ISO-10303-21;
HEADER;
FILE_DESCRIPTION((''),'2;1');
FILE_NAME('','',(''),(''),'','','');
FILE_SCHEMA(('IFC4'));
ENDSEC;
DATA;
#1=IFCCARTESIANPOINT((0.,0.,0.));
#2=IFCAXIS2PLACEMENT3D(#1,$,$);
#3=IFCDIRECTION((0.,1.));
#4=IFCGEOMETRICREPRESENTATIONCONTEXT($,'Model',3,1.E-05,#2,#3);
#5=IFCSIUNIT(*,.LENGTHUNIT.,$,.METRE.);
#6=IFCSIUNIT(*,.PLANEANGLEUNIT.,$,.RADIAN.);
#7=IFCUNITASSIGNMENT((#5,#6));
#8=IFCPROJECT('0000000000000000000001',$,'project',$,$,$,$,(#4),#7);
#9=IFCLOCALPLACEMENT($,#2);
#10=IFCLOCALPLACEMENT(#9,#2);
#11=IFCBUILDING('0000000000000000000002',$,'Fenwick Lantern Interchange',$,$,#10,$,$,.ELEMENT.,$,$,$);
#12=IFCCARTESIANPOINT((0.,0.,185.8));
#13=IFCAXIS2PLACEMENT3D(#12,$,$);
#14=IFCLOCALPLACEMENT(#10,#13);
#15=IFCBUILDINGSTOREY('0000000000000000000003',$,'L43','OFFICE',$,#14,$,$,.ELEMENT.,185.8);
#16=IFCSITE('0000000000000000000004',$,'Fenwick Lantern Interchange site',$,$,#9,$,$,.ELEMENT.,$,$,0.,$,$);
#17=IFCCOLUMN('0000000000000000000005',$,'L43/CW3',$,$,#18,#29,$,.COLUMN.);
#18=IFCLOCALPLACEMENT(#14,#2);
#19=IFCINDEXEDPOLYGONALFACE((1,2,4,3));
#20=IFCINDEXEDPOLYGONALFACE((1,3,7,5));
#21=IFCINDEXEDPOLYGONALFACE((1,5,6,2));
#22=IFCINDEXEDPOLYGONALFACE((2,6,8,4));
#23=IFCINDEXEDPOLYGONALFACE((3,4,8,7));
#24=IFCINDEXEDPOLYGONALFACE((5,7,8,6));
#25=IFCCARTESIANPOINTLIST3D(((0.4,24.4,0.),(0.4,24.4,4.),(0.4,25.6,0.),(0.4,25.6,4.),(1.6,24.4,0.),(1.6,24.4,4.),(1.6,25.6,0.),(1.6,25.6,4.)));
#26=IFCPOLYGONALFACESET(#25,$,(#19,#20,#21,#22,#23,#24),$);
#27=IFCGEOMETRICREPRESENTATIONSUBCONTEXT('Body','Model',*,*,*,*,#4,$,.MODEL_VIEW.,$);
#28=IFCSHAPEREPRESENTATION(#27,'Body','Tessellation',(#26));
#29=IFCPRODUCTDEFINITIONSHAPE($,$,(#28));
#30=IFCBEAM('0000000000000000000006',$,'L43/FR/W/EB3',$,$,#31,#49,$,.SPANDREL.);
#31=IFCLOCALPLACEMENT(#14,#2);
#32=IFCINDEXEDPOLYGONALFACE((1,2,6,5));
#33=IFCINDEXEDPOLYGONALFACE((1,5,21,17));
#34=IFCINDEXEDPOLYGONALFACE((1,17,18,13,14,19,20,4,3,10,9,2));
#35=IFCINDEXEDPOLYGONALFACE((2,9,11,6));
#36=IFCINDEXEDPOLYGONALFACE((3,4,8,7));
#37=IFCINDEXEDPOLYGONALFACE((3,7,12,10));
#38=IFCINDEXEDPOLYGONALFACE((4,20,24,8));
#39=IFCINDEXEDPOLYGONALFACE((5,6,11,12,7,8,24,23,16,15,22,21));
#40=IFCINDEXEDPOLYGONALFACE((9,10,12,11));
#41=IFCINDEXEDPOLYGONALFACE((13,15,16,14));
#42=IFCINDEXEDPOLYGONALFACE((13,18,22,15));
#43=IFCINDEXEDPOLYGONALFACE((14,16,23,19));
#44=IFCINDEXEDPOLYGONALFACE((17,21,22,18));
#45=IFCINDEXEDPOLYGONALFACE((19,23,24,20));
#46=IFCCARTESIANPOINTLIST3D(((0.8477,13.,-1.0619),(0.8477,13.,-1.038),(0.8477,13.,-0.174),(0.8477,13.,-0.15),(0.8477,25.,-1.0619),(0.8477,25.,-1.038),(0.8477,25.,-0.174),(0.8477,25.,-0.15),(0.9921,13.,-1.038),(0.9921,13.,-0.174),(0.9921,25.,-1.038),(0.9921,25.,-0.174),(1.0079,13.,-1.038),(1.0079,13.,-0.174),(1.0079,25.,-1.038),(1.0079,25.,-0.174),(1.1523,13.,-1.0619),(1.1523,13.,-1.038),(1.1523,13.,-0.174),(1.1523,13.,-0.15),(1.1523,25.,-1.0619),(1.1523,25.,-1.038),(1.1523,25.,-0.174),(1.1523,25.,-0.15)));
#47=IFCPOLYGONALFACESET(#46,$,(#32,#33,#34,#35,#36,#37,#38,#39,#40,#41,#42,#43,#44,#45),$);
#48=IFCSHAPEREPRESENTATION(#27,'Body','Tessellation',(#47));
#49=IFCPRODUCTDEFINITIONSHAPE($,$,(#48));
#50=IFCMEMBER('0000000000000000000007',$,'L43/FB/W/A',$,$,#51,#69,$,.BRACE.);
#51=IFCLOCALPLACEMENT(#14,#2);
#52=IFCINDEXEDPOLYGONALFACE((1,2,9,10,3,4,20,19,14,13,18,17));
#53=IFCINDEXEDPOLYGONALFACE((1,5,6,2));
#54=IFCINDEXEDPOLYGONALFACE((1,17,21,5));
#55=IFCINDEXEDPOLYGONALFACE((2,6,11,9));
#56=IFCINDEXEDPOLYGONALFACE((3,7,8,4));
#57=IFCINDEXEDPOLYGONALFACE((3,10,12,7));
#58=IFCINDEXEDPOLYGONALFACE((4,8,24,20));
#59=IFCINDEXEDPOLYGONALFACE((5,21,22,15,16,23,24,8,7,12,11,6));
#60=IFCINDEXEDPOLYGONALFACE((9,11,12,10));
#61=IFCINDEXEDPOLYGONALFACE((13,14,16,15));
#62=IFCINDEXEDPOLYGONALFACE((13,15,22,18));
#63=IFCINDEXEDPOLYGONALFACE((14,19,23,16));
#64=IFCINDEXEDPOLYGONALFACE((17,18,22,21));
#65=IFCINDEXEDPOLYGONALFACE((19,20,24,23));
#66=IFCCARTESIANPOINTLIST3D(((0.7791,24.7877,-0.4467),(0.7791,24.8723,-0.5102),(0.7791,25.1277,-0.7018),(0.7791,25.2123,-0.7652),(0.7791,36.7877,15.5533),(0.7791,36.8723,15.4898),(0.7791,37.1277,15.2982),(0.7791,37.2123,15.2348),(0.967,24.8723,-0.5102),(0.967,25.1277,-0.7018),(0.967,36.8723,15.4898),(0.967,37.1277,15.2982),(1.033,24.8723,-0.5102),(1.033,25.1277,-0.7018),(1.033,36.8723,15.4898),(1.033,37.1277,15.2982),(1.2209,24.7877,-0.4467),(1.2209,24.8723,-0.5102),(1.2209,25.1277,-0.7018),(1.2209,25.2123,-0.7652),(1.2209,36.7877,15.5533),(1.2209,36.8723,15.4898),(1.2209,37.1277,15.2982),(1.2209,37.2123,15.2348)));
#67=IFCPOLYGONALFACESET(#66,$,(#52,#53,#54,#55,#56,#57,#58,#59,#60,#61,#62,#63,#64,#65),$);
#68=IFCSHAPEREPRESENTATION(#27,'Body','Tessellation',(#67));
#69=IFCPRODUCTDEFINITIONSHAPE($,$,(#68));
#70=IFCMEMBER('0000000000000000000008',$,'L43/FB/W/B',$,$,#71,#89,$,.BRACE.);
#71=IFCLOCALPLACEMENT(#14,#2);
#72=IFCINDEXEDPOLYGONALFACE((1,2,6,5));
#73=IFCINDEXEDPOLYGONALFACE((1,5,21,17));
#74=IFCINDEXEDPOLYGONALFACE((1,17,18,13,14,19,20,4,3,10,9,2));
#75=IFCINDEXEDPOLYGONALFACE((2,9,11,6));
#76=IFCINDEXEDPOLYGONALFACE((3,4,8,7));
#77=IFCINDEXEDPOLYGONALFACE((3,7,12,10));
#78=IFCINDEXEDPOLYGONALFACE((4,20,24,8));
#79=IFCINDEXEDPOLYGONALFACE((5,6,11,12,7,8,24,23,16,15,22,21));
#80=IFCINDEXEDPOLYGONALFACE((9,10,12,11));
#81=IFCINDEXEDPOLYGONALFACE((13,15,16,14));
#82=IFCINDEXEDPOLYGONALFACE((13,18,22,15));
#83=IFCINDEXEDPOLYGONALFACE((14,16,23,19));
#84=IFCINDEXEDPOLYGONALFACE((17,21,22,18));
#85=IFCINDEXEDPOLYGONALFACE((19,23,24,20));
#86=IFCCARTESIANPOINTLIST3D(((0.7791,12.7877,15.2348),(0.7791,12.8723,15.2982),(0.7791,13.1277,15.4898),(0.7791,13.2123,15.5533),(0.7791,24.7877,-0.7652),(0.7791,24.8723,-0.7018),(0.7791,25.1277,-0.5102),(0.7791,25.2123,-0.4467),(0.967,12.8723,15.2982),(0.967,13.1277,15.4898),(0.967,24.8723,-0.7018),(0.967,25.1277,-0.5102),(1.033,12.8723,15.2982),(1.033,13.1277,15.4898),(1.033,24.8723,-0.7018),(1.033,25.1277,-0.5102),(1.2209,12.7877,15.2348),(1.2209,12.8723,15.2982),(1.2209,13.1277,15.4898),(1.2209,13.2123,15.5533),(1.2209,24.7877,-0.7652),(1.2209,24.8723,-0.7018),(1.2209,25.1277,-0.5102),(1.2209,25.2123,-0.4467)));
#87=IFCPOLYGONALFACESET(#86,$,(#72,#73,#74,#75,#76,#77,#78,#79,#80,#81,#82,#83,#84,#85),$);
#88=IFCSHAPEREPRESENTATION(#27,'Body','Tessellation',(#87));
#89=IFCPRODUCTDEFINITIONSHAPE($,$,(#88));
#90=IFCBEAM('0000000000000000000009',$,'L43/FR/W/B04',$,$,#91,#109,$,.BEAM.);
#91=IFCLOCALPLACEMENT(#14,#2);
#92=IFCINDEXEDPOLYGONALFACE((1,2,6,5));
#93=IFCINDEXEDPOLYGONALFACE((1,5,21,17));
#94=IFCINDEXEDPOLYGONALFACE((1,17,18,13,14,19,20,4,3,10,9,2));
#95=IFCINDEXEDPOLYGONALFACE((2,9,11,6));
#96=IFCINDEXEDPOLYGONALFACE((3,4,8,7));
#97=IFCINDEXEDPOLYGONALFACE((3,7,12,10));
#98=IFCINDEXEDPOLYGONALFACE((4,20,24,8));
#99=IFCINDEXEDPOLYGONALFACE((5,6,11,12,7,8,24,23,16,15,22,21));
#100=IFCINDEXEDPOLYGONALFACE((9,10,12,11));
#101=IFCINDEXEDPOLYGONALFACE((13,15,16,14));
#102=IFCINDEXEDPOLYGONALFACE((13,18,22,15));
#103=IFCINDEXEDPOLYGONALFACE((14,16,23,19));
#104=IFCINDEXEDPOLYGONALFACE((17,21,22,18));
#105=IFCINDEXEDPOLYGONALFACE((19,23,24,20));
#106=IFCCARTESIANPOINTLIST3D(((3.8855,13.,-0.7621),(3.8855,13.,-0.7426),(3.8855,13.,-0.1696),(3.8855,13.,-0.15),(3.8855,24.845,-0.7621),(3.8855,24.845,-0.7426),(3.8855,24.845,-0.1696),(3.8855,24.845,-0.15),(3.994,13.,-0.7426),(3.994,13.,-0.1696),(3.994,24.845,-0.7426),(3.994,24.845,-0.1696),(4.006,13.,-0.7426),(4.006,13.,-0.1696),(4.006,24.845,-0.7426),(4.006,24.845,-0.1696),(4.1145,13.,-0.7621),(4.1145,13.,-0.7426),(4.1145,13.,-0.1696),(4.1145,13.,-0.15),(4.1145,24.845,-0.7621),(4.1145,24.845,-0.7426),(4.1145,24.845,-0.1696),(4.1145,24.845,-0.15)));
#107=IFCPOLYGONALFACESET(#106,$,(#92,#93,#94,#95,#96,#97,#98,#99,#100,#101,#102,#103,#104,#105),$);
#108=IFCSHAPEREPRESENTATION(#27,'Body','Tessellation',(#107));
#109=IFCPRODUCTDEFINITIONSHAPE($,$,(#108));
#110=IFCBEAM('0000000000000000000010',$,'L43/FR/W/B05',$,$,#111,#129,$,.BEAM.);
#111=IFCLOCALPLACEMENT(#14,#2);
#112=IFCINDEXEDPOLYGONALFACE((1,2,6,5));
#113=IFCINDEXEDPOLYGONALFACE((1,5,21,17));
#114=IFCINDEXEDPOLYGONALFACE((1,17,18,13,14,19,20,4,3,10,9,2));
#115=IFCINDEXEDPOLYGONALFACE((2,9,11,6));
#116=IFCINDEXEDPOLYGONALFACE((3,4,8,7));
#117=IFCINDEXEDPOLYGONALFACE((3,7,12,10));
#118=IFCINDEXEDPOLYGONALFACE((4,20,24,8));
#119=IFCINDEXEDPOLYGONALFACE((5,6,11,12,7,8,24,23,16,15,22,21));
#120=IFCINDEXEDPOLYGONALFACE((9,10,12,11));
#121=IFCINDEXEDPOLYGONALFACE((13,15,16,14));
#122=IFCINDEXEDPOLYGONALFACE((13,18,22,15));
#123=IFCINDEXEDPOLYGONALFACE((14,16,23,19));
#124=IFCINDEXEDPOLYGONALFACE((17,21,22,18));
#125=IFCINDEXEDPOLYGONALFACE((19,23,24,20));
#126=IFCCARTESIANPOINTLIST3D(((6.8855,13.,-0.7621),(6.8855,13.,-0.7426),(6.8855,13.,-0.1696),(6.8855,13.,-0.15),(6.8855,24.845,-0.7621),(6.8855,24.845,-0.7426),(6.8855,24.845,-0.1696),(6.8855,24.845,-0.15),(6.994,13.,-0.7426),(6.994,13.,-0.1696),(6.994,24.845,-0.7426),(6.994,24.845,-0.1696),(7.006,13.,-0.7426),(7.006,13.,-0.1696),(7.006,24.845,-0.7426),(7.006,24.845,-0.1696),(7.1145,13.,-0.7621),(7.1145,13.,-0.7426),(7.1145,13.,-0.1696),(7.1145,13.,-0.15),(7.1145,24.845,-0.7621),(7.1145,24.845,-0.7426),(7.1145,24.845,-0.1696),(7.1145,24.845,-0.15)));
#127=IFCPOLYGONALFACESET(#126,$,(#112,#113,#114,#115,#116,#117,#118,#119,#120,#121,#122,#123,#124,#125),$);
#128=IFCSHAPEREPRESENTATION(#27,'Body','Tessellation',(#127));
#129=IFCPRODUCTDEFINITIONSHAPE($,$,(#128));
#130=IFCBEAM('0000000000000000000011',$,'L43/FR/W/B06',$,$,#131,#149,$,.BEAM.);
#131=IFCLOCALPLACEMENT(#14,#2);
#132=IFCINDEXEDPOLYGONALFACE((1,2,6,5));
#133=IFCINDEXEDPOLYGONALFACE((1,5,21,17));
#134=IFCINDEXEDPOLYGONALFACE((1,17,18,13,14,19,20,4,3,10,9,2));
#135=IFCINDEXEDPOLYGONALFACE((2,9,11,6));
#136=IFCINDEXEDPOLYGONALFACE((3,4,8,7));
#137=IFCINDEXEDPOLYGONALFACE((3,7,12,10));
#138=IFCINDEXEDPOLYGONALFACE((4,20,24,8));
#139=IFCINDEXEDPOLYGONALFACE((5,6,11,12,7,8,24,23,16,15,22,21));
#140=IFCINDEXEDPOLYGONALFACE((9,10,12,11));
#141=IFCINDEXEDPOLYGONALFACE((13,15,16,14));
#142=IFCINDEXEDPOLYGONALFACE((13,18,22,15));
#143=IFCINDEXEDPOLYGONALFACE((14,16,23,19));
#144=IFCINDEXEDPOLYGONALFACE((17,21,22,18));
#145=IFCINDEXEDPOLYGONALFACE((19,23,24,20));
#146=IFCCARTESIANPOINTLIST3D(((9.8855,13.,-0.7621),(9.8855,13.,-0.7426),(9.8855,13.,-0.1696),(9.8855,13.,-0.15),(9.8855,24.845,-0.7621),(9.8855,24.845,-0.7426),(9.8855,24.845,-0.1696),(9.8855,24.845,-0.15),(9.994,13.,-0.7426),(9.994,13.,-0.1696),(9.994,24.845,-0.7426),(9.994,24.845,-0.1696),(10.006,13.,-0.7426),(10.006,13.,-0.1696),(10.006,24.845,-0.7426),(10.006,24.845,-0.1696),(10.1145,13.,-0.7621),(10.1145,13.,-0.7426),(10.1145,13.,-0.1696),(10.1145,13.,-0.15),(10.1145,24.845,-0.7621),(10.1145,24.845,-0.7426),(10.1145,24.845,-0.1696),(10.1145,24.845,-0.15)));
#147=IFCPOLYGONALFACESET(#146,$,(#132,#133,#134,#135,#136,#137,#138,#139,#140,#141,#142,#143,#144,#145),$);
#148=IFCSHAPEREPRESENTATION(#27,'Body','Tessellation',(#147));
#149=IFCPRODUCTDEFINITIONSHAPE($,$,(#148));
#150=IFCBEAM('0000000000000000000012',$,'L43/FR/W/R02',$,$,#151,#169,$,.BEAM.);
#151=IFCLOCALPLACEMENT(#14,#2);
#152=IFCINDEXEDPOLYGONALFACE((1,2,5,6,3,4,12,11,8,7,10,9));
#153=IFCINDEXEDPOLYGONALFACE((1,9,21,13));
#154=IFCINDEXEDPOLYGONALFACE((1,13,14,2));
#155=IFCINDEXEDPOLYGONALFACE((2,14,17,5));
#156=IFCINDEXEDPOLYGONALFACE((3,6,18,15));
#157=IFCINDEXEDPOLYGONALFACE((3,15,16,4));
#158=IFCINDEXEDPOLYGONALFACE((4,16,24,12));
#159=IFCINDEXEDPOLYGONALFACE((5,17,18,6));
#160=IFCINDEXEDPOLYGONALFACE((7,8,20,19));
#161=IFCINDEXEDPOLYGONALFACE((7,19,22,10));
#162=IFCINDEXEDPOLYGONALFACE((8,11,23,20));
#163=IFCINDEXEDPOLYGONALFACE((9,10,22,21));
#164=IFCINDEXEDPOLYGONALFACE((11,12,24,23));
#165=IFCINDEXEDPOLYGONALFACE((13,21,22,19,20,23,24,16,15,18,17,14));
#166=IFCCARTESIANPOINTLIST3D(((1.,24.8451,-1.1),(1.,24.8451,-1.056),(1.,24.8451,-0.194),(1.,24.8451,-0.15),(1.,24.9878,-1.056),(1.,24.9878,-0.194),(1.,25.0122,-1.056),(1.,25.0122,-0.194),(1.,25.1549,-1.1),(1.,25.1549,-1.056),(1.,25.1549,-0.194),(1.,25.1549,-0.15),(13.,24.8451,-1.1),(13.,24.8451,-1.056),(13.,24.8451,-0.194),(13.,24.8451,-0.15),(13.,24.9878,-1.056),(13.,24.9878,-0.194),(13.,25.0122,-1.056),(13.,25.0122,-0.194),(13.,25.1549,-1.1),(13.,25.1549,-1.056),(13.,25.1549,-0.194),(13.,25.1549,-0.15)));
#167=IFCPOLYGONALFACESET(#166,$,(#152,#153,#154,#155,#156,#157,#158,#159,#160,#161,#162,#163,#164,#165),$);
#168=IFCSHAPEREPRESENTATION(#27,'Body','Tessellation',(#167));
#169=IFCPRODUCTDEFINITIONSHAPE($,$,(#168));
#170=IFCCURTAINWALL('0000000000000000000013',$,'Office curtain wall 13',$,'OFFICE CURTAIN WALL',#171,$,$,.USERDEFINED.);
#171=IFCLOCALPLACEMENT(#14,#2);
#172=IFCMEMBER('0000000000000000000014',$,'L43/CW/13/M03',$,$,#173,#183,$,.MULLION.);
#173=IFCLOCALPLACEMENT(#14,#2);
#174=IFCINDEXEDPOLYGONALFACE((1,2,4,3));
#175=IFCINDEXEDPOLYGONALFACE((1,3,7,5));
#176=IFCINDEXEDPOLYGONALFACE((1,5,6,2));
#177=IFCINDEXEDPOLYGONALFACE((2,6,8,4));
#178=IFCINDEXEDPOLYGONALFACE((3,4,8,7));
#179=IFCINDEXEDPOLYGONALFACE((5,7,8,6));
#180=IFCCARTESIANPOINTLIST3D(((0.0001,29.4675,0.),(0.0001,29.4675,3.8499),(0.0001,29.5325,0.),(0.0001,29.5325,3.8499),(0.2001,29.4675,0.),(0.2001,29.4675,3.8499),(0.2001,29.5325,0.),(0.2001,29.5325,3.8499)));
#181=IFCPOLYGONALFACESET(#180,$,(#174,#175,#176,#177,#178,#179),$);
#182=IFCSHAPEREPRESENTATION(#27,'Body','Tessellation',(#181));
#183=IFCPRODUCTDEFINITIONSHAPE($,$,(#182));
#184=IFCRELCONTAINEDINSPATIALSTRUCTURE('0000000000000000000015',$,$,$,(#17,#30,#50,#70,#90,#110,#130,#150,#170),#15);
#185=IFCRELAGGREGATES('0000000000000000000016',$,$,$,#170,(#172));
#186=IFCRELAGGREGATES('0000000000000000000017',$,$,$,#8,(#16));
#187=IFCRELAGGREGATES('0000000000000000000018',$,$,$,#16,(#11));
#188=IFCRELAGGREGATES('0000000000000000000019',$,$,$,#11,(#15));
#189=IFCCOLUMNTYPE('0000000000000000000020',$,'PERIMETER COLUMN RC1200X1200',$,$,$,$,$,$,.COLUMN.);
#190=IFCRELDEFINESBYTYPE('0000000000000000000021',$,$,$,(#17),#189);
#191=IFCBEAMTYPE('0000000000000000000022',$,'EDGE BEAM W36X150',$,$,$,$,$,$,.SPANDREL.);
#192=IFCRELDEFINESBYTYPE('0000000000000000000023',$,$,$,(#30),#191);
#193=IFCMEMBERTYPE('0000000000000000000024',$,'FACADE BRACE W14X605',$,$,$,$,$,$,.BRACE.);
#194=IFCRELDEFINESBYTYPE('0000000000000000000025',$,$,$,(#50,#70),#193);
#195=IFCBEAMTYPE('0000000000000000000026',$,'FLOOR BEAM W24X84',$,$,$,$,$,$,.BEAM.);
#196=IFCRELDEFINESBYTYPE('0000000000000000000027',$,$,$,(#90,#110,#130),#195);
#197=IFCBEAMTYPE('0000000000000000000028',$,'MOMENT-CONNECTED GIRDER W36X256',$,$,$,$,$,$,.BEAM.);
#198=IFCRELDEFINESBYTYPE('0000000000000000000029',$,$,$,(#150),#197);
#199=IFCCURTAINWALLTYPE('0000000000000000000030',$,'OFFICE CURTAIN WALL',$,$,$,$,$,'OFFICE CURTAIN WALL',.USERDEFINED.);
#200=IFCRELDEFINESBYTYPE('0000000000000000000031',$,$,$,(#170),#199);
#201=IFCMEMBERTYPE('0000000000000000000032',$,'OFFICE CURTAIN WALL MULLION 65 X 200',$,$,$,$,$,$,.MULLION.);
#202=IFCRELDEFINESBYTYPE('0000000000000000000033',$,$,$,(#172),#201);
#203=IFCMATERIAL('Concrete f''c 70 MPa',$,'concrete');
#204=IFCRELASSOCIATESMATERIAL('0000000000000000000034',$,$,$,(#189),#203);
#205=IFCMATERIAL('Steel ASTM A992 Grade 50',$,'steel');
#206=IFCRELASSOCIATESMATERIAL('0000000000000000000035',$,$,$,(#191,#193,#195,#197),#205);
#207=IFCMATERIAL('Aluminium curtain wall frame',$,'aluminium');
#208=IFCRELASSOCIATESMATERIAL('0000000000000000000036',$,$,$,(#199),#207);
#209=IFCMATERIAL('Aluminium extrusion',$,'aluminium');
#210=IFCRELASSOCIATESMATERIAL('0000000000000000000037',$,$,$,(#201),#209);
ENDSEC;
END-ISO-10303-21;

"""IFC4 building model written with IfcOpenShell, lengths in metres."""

from ifc_helpers import new_model, si_unit, direction, frame, origin, origin_2d, place, context, subcontext, project, spatial, rectangle, i_section, extrude, material, material_profile, profile_set, type_object, element, aggregate, save


model = new_model("IFC4")

# Units and contexts
model_context = context("Model", 3, precision=1e-05, world=origin(), true_north=direction((0.0, 1.0)))
body_context = subcontext(model_context, "Body", "Model", "MODEL_VIEW")
ifc_project = project(units=[si_unit("LENGTHUNIT", "METRE"), si_unit("PLANEANGLEUNIT", "RADIAN")], contexts=[model_context])

# Site, building, storey
site_placement = place(None, origin())
site = spatial("IfcSite", under=ifc_project, at=site_placement, Name="Fenwick Lantern Interchange site", CompositionType="ELEMENT", RefElevation=0.0)
building_placement = place(site_placement, origin())
building = spatial("IfcBuilding", under=site, at=building_placement, Name="Fenwick Lantern Interchange", CompositionType="ELEMENT")
storey_placement = place(building_placement, frame((0.0, 0.0, 185.8)))
storey = spatial("IfcBuildingStorey", under=building, at=storey_placement, Name="L43", Description="OFFICE", CompositionType="ELEMENT", Elevation=185.8)

# Column
ifc_material_1 = material(Name="Concrete f'c 70 MPa", Category="concrete")
ifc_material_profile_1 = material_profile(ifc_material_1, rectangle(XDim=1.2, YDim=1.2, at=origin_2d()), Name="RC1200X1200")
ifc_profile_set_1 = profile_set([ifc_material_profile_1], Name="Concrete f'c 70 MPa")
column_type = type_object("IfcColumnType", Name="PERIMETER COLUMN RC1200X1200", PredefinedType="COLUMN", material=ifc_profile_set_1)
column_placement = place(storey_placement, frame((1.0, 25.0, 0.0), z_axis=(0.0, 0.0, 1.0), x_axis=(1.0, 0.0, 0.0)))
element("IfcColumn", 1, at=column_placement, inside=storey, type_object=column_type, Name="L43/CW3", PredefinedType="COLUMN", context=body_context, shape_type="SweptSolid", body=[
    extrude(rectangle(XDim=1.2, YDim=1.2, at=origin_2d()), origin(), (0.0, 0.0, 1.0), 4.0),
])

# Beam
ifc_material_2 = material(Name="Steel ASTM A992 Grade 50", Category="steel")
ifc_material_profile_2 = material_profile(ifc_material_2, i_section(OverallWidth=0.3047, OverallDepth=0.9119, WebThickness=0.0159, FlangeThickness=0.0239, at=origin_2d()), Name="W36X150")
ifc_profile_set_2 = profile_set([ifc_material_profile_2], Name="Steel ASTM A992 Grade 50")
beam_type_1 = type_object("IfcBeamType", Name="EDGE BEAM W36X150", PredefinedType="SPANDREL", material=ifc_profile_set_2)
beam_1_placement = place(storey_placement, frame((1.0, 25.0, -0.606), z_axis=(0.0, -1.0, 0.0), x_axis=(1.0, 0.0, 0.0)))
element("IfcBeam", 2, at=beam_1_placement, inside=storey, type_object=beam_type_1, Name="L43/FR/W/EB3", PredefinedType="SPANDREL", context=body_context, shape_type="SweptSolid", body=[
    extrude(i_section(OverallWidth=0.3047, OverallDepth=0.9119, WebThickness=0.0159, FlangeThickness=0.0239, at=origin_2d()), origin(), (0.0, 0.0, 1.0), 12.0),
])

# Members
ifc_material_profile_3 = material_profile(ifc_material_2, i_section(OverallWidth=0.4419, OverallDepth=0.5308, WebThickness=0.0659, FlangeThickness=0.1057, at=origin_2d()), Name="W14X605")
ifc_profile_set_3 = profile_set([ifc_material_profile_3], Name="Steel ASTM A992 Grade 50")
member_type_1 = type_object("IfcMemberType", Name="FACADE BRACE W14X605", PredefinedType="BRACE", material=ifc_profile_set_3)
for number, where, z_axis, x_axis, name in (
    (3, (1.0, 25.0, -0.606), (0.0, 0.6, 0.8), (-1.0, 0.0, 0.0), "L43/FB/W/A"),
    (4, (1.0, 25.0, -0.606), (0.0, -0.6, 0.8), (1.0, 0.0, 0.0), "L43/FB/W/B"),
):
    element("IfcMember", number, at=place(storey_placement, frame(where, z_axis=z_axis, x_axis=x_axis)), inside=storey, type_object=member_type_1, Name=name, PredefinedType="BRACE", context=body_context, shape_type="SweptSolid", body=[
        extrude(i_section(OverallWidth=0.4419, OverallDepth=0.5308, WebThickness=0.0659, FlangeThickness=0.1057, at=origin_2d()), origin(), (0.0, 0.0, 1.0), 20.0),
    ])

# Beams
ifc_material_profile_4 = material_profile(ifc_material_2, i_section(OverallWidth=0.229, OverallDepth=0.6121, WebThickness=0.012, FlangeThickness=0.0195, at=origin_2d()), Name="W24X84")
ifc_profile_set_4 = profile_set([ifc_material_profile_4], Name="Steel ASTM A992 Grade 50")
beam_type_2 = type_object("IfcBeamType", Name="FLOOR BEAM W24X84", PredefinedType="BEAM", material=ifc_profile_set_4)
for number, where, z_axis, x_axis, name in (
    (5, (4.0, 24.845, -0.4561), (0.0, -1.0, 0.0), (1.0, 0.0, 0.0), "L43/FR/W/B04"),
    (6, (7.0, 24.845, -0.4561), (0.0, -1.0, 0.0), (1.0, 0.0, 0.0), "L43/FR/W/B05"),
    (7, (10.0, 24.845, -0.4561), (0.0, -1.0, 0.0), (1.0, 0.0, 0.0), "L43/FR/W/B06"),
):
    element("IfcBeam", number, at=place(storey_placement, frame(where, z_axis=z_axis, x_axis=x_axis)), inside=storey, type_object=beam_type_2, Name=name, PredefinedType="BEAM", context=body_context, shape_type="SweptSolid", body=[
        extrude(i_section(OverallWidth=0.229, OverallDepth=0.6121, WebThickness=0.012, FlangeThickness=0.0195, at=origin_2d()), origin(), (0.0, 0.0, 1.0), 11.845),
    ])
ifc_material_profile_5 = material_profile(ifc_material_2, i_section(OverallWidth=0.3098, OverallDepth=0.95, WebThickness=0.0244, FlangeThickness=0.0439, at=origin_2d()), Name="W36X256")
ifc_profile_set_5 = profile_set([ifc_material_profile_5], Name="Steel ASTM A992 Grade 50")
beam_type_3 = type_object("IfcBeamType", Name="MOMENT-CONNECTED GIRDER W36X256", PredefinedType="BEAM", material=ifc_profile_set_5)
beam_2_placement = place(storey_placement, frame((1.0, 25.0, -0.625), z_axis=(1.0, 0.0, 0.0), x_axis=(0.0, 1.0, 0.0)))
element("IfcBeam", 8, at=beam_2_placement, inside=storey, type_object=beam_type_3, Name="L43/FR/W/R02", PredefinedType="BEAM", context=body_context, shape_type="SweptSolid", body=[
    extrude(i_section(OverallWidth=0.3098, OverallDepth=0.95, WebThickness=0.0244, FlangeThickness=0.0439, at=origin_2d()), origin(), (0.0, 0.0, 1.0), 12.0),
])

# Curtain wall, member
ifc_material_3 = material(Name="Aluminium curtain wall frame", Category="aluminium")
curtain_wall_type = type_object("IfcCurtainWallType", Name="OFFICE CURTAIN WALL", ElementType="OFFICE CURTAIN WALL", PredefinedType="USERDEFINED", material=ifc_material_3)
curtain_wall_placement = place(storey_placement, origin())
curtain_wall = element("IfcCurtainWall", 9, at=curtain_wall_placement, inside=storey, type_object=curtain_wall_type, Name="Office curtain wall 13", ObjectType="OFFICE CURTAIN WALL", PredefinedType="USERDEFINED")
ifc_material_4 = material(Name="Aluminium extrusion", Category="aluminium")
ifc_material_profile_6 = material_profile(ifc_material_4, rectangle(XDim=0.2, YDim=0.0649, at=origin_2d()), Name="OFFICE CURTAIN WALL MULLION 65 X 200")
ifc_profile_set_6 = profile_set([ifc_material_profile_6], Name="Aluminium extrusion")
member_type_2 = type_object("IfcMemberType", Name="OFFICE CURTAIN WALL MULLION 65 X 200", PredefinedType="MULLION", material=ifc_profile_set_6)
member_1_placement = place(storey_placement, frame((0.1001, 29.5, 0.0), z_axis=(0.0, 0.0, 1.0), x_axis=(1.0, 0.0, 0.0)))
member_1 = element("IfcMember", 10, at=member_1_placement, type_object=member_type_2, Name="L43/CW/13/M03", PredefinedType="MULLION", context=body_context, shape_type="SweptSolid", body=[
    extrude(rectangle(XDim=0.2, YDim=0.0649, at=origin_2d()), origin(), (0.0, 0.0, 1.0), 3.8499),
])
aggregate(curtain_wall, [member_1])

save(model, "model.ifc")
